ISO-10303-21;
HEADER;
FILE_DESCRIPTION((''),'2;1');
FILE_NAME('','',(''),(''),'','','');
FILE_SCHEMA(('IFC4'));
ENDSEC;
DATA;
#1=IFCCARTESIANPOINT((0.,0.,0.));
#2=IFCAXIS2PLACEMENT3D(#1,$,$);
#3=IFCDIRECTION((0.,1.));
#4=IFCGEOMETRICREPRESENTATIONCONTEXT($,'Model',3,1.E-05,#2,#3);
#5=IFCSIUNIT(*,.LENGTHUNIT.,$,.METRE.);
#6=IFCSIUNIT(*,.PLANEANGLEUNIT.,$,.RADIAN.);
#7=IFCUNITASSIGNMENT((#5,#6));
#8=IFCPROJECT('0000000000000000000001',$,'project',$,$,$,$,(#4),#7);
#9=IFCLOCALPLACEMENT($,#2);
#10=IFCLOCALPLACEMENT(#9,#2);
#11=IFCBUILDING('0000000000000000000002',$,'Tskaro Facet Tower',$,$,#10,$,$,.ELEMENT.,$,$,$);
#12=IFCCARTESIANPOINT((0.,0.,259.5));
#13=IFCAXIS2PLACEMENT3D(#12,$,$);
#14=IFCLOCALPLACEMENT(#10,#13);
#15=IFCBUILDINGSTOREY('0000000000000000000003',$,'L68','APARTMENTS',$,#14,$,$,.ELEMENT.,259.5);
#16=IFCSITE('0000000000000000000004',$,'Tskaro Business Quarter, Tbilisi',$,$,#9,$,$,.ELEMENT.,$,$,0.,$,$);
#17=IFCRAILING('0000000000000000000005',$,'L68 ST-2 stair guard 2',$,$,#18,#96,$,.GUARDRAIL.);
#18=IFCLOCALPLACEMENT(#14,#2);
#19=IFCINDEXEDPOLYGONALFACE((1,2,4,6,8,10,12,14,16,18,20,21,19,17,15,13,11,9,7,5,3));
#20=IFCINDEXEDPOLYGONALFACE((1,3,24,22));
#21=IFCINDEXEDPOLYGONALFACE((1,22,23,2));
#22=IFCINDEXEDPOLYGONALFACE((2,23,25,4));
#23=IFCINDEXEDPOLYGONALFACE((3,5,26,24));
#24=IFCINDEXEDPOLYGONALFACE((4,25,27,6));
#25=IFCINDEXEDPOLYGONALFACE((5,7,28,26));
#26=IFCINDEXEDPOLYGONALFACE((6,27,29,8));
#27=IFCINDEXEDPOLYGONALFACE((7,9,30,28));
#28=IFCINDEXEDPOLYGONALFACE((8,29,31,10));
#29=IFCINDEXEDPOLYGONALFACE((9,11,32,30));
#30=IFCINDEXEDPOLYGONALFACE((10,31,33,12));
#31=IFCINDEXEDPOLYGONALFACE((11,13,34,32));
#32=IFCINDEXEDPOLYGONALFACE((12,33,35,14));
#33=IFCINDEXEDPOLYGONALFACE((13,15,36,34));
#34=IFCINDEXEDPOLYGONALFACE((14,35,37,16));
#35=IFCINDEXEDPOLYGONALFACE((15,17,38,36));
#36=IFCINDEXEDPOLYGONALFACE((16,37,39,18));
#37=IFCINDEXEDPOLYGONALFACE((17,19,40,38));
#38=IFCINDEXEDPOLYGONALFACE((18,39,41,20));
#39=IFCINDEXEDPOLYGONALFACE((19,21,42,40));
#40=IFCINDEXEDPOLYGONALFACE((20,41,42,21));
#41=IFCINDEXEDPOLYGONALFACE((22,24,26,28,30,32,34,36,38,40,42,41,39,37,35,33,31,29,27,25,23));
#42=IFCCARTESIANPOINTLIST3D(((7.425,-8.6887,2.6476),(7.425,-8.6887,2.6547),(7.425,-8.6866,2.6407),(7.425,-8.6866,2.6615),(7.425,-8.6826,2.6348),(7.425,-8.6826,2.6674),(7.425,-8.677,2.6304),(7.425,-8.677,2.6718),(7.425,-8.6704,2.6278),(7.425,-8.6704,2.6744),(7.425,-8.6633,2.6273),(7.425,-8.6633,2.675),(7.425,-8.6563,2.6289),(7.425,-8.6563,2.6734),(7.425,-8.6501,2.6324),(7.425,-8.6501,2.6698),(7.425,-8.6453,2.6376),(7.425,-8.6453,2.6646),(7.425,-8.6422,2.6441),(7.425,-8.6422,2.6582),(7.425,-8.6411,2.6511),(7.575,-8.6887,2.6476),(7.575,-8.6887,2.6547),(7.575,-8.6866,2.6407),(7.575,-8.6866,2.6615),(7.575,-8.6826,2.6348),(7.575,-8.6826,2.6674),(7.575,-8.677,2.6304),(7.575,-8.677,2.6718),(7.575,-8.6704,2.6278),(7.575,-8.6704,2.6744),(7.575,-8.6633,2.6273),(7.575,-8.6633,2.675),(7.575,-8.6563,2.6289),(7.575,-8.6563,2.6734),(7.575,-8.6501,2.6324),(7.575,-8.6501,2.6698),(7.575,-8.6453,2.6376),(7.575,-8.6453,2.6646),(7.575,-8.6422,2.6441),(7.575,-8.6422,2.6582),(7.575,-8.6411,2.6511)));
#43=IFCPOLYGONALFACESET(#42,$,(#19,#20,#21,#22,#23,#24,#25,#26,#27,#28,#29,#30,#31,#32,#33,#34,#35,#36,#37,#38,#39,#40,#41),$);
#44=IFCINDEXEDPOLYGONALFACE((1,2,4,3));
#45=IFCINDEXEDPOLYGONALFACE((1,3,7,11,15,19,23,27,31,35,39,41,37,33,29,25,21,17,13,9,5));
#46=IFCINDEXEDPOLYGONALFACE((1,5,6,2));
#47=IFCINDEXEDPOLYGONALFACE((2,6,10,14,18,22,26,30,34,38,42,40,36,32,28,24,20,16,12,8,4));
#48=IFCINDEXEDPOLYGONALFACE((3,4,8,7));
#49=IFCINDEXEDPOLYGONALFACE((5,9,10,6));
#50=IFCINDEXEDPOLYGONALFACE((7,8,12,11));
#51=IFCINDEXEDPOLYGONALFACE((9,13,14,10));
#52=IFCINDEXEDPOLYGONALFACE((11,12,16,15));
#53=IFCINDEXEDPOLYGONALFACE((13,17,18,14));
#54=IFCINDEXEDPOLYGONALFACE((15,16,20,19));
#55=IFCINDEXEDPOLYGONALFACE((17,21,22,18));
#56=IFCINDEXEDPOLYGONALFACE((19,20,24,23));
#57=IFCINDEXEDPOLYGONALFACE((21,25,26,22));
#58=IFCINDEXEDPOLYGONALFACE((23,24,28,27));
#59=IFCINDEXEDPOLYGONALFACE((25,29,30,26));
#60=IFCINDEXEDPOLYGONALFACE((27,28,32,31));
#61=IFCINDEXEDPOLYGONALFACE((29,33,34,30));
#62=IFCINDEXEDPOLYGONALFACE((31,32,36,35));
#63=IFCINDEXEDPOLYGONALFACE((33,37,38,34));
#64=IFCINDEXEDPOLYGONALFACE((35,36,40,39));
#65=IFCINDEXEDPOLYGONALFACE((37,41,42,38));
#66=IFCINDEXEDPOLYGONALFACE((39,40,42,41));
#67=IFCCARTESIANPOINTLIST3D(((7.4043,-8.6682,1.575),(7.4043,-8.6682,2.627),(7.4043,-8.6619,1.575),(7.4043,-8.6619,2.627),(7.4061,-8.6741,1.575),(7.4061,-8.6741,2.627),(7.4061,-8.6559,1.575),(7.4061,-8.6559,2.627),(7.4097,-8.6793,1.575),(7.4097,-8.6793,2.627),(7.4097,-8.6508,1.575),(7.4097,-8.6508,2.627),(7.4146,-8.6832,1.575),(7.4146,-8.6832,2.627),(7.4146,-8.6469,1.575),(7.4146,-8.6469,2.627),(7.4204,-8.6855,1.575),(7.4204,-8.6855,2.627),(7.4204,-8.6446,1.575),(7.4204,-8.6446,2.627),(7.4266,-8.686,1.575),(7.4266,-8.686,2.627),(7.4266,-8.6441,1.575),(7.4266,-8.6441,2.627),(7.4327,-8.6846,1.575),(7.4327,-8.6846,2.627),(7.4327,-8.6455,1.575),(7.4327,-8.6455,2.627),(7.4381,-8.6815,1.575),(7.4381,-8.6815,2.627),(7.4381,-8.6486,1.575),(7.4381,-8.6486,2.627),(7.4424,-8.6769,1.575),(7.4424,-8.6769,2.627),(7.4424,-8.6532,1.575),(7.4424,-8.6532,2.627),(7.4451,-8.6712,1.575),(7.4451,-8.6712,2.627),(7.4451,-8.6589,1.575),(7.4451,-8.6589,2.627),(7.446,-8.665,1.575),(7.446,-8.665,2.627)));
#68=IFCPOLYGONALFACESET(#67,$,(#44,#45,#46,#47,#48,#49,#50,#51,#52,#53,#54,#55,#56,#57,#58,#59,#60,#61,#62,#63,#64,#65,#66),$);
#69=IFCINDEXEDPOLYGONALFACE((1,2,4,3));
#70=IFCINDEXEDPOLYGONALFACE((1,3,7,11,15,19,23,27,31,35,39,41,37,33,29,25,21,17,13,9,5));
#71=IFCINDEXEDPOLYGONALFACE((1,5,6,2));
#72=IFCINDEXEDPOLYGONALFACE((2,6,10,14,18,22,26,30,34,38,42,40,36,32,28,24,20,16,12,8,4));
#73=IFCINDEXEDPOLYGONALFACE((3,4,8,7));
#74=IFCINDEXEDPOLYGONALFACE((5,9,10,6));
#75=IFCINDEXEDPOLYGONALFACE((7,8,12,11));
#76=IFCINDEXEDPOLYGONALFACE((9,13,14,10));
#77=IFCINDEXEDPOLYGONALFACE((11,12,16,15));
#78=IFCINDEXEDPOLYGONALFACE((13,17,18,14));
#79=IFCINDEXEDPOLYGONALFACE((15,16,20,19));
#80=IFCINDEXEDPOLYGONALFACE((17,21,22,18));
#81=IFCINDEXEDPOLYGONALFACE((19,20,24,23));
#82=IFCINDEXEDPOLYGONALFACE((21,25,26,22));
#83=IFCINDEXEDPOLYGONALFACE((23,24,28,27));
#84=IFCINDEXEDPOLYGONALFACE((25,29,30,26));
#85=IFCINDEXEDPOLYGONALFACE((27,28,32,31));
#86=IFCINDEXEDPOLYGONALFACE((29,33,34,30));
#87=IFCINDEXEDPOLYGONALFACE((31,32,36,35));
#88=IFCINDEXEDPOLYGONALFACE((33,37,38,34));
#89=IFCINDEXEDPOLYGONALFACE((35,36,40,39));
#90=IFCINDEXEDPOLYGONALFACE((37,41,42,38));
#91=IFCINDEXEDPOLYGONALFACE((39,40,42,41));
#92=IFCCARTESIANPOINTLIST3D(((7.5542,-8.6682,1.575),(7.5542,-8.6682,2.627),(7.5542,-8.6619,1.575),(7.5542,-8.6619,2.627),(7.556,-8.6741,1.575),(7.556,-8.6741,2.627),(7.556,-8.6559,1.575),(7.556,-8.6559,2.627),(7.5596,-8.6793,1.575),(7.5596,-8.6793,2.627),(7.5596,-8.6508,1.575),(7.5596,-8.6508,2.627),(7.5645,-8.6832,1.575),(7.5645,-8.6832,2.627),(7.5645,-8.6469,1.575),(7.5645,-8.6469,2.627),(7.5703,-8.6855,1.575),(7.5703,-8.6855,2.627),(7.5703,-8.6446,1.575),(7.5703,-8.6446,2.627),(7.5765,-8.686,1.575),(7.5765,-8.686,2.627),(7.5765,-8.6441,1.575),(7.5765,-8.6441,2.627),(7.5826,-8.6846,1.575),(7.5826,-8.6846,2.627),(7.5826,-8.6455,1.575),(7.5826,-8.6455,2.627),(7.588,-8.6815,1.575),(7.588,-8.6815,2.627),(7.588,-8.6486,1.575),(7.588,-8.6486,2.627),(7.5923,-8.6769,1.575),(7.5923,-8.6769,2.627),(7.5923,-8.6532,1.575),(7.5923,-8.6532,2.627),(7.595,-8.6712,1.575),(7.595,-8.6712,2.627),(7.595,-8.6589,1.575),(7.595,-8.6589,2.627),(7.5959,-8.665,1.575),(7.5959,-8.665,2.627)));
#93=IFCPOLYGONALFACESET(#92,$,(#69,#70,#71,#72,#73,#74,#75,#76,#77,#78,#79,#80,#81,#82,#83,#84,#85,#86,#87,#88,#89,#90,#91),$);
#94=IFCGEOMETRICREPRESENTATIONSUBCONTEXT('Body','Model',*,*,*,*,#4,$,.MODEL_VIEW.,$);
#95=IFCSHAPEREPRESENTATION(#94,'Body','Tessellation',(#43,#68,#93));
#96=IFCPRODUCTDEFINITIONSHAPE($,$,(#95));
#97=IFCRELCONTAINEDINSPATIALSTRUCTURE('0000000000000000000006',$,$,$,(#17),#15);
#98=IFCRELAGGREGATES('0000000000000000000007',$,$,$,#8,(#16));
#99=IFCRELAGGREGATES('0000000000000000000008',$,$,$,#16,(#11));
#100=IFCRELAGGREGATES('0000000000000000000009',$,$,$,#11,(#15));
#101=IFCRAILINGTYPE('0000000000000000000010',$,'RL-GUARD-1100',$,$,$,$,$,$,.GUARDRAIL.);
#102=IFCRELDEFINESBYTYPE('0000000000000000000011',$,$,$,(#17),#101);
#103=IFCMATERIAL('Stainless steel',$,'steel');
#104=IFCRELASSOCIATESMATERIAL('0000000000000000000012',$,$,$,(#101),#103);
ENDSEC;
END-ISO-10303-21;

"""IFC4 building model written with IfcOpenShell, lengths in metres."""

from ifc_helpers import new_model, si_unit, direction, frame, origin, origin_2d, place, context, subcontext, project, spatial, circle, extrude, material, type_object, element, save


model = new_model("IFC4")

# Units and contexts
model_context = context("Model", 3, precision=1e-05, world=origin(), true_north=direction((0.0, 1.0)))
body_context = subcontext(model_context, "Body", "Model", "MODEL_VIEW")
ifc_project = project(units=[si_unit("LENGTHUNIT", "METRE"), si_unit("PLANEANGLEUNIT", "RADIAN")], contexts=[model_context])

# Site, building, storey
site_placement = place(None, origin())
site = spatial("IfcSite", under=ifc_project, at=site_placement, Name="Tskaro Business Quarter, Tbilisi", CompositionType="ELEMENT", RefElevation=0.0)
building_placement = place(site_placement, origin())
building = spatial("IfcBuilding", under=site, at=building_placement, Name="Tskaro Facet Tower", CompositionType="ELEMENT")
storey_placement = place(building_placement, frame((0.0, 0.0, 259.5)))
storey = spatial("IfcBuildingStorey", under=building, at=storey_placement, Name="L68", Description="APARTMENTS", CompositionType="ELEMENT", Elevation=259.5)

# Railing
ifc_material_1 = material(Name="Stainless steel", Category="steel")
railing_type_1 = type_object("IfcRailingType", Name="RL-GUARD-1100", PredefinedType="GUARDRAIL", material=ifc_material_1)
railing_1_placement = place(storey_placement, frame((7.425, -8.665, 1.575)))
element("IfcRailing", 1, at=railing_1_placement, inside=storey, type_object=railing_type_1, Name="L68 ST-2 stair guard 2", PredefinedType="GUARDRAIL", context=body_context, shape_type="SweptSolid", body=[
    extrude(circle(Radius=0.0239, at=origin_2d()), frame((0.0, 0.0, 1.0762), z_axis=(1.0, 0.0, 0.0), x_axis=(0.0, 1.0, 0.0)), (0.0, 0.0, 1.0), 0.1499),
    extrude(circle(Radius=0.021, at=origin_2d()), origin(), (0.0, 0.0, 1.0), 1.052),
    extrude(circle(Radius=0.021, at=origin_2d()), frame((0.1499, 0.0, 0.0)), (0.0, 0.0, 1.0), 1.052),
])

save(model, "model.ifc")
